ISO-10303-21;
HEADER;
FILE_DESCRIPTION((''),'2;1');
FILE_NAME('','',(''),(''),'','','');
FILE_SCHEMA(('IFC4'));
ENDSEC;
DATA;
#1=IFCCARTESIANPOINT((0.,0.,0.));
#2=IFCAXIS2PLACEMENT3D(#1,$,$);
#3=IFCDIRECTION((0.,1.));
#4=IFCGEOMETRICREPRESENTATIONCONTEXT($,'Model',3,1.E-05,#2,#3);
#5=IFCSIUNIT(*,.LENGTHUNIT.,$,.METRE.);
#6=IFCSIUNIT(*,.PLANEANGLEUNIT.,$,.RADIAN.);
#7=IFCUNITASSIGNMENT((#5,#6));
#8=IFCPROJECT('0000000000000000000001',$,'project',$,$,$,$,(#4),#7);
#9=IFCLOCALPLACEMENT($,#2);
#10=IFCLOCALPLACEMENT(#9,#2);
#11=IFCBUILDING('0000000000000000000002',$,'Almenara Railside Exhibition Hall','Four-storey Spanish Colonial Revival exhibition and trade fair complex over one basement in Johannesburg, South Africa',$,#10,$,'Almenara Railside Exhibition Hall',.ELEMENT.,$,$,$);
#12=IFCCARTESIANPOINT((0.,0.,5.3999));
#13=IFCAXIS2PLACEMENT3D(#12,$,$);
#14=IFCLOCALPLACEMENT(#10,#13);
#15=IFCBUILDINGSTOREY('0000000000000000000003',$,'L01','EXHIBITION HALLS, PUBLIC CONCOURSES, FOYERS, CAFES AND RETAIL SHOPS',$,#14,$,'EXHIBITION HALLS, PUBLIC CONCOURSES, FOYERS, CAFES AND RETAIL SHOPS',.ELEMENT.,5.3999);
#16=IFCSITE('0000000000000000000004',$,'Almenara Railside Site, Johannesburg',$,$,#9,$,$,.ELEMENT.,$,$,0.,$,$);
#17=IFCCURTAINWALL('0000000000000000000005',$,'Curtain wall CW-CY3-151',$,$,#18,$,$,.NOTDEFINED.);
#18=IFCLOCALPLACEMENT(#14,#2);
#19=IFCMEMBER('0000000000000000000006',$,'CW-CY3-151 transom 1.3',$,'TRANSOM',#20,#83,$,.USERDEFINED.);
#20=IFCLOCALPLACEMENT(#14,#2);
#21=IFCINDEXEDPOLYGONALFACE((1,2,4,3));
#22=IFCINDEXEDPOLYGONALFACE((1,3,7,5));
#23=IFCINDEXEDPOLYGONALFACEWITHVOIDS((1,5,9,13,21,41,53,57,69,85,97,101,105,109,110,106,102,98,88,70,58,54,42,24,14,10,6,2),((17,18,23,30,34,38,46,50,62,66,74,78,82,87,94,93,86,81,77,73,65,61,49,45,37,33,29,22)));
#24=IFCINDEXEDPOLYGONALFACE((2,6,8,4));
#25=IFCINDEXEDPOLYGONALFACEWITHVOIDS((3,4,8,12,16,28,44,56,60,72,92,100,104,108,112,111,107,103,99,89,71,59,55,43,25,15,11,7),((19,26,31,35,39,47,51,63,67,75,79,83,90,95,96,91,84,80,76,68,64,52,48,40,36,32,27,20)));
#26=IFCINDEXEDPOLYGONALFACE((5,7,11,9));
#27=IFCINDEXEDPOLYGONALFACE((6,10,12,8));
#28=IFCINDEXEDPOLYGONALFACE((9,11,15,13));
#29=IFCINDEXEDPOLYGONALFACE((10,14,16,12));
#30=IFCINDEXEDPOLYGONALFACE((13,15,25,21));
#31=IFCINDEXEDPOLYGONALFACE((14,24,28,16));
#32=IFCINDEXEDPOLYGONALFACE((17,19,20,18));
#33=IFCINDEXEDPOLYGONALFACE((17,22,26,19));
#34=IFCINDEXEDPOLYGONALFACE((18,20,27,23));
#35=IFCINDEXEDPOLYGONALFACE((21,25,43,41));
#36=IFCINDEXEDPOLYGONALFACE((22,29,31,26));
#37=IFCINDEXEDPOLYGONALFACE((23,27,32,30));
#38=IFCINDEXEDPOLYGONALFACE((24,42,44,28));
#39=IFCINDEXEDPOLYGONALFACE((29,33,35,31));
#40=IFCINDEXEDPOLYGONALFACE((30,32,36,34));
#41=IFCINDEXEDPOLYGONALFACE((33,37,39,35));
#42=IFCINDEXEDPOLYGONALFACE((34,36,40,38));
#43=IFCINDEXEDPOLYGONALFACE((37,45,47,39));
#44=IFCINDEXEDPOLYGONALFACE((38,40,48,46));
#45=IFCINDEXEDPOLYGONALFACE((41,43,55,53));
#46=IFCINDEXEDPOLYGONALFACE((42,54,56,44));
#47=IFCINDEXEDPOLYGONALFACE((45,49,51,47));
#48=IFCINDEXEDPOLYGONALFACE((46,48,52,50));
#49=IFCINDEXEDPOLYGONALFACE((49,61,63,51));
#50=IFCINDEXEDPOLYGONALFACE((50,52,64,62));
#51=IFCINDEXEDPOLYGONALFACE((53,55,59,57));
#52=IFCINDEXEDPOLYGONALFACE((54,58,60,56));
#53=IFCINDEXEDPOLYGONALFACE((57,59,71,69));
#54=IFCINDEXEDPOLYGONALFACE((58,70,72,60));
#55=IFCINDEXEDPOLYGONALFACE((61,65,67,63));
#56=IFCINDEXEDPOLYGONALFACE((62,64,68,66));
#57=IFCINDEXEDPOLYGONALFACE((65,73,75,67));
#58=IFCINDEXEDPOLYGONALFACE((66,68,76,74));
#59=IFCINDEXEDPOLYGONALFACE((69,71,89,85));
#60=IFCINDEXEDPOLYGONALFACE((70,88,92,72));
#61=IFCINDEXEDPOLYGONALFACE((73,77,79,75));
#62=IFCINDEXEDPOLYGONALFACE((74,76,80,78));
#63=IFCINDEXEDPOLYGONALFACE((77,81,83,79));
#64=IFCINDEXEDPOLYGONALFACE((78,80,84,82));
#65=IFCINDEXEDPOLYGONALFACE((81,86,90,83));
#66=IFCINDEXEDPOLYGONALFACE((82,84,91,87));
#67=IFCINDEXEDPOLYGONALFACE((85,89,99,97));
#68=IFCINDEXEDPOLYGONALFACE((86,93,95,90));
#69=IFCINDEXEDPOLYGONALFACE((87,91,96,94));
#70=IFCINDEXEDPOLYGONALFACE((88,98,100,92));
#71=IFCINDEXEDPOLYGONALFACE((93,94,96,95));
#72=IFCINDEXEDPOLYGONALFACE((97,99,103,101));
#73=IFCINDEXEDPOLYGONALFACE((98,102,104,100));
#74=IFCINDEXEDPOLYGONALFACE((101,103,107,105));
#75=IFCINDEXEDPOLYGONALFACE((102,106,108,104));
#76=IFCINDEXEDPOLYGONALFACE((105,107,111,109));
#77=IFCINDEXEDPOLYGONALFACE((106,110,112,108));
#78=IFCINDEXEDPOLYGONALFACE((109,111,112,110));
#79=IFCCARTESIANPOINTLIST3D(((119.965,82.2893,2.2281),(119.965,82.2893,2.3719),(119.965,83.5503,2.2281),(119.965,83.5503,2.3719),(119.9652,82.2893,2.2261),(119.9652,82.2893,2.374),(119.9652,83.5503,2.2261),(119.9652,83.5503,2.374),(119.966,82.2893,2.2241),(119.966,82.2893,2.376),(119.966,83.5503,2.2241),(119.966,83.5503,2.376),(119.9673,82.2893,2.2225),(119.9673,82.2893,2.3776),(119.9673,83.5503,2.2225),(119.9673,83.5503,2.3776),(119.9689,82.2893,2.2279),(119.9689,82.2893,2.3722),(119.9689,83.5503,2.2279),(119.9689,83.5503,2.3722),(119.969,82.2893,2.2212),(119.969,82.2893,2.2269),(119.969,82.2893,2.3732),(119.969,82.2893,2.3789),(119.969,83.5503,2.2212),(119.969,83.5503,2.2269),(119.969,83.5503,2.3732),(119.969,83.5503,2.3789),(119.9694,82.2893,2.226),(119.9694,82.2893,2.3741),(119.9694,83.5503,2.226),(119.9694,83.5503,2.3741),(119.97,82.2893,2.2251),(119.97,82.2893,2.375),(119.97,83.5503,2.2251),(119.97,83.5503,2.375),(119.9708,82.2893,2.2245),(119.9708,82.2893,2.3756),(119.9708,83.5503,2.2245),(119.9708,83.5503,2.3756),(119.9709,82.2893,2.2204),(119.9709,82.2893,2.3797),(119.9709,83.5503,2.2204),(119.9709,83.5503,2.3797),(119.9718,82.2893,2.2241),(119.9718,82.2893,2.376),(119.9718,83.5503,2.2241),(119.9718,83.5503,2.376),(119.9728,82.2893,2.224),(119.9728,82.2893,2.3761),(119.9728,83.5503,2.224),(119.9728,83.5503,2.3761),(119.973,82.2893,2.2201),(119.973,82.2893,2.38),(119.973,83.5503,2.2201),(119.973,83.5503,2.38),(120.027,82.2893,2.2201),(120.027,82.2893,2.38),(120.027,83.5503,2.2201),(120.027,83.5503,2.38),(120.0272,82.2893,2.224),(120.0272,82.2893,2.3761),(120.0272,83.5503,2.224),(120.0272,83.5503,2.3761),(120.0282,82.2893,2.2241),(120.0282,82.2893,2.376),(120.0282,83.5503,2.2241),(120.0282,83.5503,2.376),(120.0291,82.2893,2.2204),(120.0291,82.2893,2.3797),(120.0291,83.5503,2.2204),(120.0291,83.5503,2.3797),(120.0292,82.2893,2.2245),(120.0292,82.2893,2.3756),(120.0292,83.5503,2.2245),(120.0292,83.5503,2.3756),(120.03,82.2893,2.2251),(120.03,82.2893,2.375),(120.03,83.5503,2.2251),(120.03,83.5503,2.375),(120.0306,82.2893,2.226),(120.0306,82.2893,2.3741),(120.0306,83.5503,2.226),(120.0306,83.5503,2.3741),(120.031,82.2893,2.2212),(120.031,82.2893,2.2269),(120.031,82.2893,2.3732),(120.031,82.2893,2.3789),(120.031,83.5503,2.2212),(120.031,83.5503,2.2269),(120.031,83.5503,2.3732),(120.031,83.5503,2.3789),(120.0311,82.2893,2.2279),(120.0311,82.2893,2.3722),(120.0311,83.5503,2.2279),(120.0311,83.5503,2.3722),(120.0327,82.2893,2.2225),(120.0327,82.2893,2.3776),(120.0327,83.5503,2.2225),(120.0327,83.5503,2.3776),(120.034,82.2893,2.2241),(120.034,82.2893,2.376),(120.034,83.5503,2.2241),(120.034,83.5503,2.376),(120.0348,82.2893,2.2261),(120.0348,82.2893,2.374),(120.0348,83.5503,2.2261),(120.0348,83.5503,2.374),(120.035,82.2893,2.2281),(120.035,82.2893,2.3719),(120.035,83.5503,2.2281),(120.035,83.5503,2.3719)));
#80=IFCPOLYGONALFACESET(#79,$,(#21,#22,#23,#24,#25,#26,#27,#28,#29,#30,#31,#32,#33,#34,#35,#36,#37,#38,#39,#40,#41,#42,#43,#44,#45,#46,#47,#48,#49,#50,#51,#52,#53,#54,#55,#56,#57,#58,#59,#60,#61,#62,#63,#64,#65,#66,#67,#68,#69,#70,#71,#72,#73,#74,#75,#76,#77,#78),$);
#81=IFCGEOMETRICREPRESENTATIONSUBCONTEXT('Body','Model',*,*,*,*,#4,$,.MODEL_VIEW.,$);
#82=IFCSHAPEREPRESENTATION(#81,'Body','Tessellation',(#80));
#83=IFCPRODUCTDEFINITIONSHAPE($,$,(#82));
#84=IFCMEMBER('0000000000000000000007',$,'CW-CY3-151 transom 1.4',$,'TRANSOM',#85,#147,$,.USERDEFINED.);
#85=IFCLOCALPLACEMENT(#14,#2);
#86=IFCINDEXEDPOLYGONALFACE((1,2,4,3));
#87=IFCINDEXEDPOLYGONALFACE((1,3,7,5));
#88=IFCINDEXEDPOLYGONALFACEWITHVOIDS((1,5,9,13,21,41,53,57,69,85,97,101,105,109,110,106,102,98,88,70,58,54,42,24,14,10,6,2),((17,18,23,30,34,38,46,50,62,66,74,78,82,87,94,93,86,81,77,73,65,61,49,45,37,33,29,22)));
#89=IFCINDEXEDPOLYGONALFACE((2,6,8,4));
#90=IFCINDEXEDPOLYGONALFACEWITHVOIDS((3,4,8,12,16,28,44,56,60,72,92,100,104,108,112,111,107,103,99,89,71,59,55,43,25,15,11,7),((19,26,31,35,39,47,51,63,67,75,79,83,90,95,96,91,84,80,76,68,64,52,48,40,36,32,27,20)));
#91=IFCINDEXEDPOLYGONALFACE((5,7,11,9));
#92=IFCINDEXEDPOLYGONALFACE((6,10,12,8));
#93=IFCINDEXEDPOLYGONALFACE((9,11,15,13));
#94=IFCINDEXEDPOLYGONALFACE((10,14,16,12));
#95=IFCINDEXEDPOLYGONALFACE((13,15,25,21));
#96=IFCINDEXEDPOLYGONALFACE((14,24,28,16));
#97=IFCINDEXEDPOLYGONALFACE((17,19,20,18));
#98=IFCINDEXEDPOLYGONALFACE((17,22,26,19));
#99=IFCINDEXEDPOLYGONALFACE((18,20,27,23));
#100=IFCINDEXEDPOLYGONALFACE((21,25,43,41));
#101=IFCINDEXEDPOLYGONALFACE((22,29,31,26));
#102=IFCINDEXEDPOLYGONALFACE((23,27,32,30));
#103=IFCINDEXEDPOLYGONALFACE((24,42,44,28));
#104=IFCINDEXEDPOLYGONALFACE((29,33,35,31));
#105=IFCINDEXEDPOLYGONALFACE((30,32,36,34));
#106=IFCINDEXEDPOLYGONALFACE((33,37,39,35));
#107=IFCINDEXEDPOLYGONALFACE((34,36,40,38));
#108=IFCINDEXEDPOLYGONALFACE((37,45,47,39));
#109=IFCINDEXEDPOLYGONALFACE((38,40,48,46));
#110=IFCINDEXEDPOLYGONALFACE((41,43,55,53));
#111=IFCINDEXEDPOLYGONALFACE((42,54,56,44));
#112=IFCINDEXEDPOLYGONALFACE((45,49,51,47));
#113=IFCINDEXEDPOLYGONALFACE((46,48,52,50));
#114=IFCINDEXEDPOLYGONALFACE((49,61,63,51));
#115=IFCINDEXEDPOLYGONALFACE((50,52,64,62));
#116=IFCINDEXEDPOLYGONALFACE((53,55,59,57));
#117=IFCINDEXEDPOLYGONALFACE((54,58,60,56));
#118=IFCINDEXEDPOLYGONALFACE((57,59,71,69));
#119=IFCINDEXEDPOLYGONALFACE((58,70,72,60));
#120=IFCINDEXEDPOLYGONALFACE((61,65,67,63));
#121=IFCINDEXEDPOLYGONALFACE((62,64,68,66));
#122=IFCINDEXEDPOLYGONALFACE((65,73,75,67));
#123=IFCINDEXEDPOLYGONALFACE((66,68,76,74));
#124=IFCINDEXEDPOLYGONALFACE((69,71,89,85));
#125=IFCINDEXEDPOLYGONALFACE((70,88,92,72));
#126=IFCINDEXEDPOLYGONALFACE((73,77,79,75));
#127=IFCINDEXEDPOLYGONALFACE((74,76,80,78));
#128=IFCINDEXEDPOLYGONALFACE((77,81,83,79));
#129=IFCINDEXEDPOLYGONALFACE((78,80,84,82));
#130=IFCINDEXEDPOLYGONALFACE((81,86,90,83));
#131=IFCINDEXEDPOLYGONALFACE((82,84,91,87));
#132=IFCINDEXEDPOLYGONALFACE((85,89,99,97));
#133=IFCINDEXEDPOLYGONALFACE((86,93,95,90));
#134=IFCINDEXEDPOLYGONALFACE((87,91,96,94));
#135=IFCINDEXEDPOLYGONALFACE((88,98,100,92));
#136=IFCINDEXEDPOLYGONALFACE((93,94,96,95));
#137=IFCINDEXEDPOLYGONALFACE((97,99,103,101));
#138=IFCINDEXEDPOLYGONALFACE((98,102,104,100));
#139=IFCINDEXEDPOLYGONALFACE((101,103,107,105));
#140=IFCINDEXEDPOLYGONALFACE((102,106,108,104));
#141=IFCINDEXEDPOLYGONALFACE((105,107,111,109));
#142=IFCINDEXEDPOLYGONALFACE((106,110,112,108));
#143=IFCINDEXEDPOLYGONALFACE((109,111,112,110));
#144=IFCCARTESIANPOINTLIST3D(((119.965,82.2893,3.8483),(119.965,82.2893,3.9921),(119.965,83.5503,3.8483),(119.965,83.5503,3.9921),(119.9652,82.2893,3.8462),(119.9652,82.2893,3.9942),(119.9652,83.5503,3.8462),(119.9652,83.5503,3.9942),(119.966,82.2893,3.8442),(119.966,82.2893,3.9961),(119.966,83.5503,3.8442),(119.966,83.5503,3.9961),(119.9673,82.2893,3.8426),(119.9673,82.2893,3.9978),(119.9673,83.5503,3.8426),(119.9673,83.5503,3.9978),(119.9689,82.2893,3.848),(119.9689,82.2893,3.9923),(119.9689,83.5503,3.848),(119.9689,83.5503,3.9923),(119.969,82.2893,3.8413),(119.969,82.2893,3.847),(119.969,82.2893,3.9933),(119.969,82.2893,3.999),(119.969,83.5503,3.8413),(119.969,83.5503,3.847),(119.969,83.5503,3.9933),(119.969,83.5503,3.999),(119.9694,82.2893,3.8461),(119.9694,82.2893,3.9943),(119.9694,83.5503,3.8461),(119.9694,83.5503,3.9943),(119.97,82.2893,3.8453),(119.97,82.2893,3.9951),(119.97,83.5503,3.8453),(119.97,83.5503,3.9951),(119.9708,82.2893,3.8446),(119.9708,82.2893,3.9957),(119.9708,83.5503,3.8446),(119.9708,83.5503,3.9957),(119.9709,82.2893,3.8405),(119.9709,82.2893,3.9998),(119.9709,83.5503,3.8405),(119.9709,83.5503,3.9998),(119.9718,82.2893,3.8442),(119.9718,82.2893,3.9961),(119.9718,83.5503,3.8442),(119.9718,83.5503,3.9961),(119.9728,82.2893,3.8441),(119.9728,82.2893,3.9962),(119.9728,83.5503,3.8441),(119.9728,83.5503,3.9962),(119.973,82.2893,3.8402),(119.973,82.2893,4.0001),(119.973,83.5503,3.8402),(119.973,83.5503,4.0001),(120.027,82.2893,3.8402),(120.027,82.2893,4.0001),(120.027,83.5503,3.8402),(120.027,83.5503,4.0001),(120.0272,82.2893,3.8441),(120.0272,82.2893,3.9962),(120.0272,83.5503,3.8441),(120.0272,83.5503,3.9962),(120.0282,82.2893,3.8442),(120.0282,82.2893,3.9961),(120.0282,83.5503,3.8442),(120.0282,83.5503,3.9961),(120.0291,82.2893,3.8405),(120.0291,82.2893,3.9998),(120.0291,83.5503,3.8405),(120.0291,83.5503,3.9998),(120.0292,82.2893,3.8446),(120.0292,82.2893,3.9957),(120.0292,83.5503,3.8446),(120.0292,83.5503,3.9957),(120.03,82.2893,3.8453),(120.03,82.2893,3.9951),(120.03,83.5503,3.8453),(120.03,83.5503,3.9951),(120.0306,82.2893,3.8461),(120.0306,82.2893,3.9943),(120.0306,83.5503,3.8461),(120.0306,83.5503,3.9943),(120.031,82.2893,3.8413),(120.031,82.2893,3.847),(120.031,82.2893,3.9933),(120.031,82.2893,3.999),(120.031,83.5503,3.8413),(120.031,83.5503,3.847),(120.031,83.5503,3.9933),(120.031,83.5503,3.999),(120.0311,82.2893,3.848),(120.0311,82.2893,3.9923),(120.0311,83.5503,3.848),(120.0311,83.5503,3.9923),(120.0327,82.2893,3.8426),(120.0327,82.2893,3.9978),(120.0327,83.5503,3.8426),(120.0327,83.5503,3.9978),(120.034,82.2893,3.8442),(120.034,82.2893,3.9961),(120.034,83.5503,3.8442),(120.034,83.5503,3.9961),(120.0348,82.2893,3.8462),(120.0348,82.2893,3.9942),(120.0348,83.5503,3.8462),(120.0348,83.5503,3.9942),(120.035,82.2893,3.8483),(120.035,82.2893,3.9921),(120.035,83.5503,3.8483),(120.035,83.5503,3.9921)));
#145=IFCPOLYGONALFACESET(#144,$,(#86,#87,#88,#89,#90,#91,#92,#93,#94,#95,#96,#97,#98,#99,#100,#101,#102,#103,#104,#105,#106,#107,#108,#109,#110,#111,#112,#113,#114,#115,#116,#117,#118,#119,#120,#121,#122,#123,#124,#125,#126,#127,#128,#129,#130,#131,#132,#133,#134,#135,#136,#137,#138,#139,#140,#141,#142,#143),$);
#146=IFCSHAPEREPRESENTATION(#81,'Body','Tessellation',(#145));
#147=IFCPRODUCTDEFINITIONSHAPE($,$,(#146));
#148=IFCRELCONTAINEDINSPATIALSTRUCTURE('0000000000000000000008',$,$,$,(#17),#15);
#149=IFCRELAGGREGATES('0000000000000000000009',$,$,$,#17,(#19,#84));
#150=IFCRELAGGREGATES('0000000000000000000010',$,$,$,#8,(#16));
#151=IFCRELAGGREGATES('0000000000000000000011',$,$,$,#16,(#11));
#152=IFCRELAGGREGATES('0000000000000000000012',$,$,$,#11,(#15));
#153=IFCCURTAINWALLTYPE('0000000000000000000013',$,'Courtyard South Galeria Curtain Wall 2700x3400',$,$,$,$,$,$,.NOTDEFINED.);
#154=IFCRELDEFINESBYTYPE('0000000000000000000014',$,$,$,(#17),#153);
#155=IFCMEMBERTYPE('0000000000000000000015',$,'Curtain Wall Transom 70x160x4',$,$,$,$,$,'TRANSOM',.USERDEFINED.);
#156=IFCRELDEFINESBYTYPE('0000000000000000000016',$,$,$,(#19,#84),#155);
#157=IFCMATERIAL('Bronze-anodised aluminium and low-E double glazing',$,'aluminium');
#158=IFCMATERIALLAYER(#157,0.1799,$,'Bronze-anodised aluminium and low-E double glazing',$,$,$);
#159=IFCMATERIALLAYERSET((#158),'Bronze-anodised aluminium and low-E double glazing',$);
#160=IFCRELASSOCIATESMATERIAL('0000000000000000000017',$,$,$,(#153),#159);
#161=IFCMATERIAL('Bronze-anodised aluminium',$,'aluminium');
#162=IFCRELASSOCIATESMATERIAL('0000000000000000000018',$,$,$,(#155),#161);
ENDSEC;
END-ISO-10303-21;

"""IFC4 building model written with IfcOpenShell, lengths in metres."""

from ifc_helpers import new_model, si_unit, direction, frame, origin, origin_2d, place, context, subcontext, project, spatial, hollow_rectangle, extrude, material, layer, layer_set, material_profile, profile_set, type_object, element, aggregate, save


model = new_model("IFC4")

# Units and contexts
model_context = context("Model", 3, precision=1e-05, world=origin(), true_north=direction((0.0, 1.0)))
body_context = subcontext(model_context, "Body", "Model", "MODEL_VIEW")
ifc_project = project(units=[si_unit("LENGTHUNIT", "METRE"), si_unit("PLANEANGLEUNIT", "RADIAN")], contexts=[model_context])

# Site, building, storey
site_placement = place(None, origin())
site = spatial("IfcSite", under=ifc_project, at=site_placement, Name="Almenara Railside Site, Johannesburg", CompositionType="ELEMENT", RefElevation=0.0)
building_placement = place(site_placement, origin())
building = spatial("IfcBuilding", under=site, at=building_placement, Name="Almenara Railside Exhibition Hall", Description="Four-storey Spanish Colonial Revival exhibition and trade fair complex over one basement in Johannesburg, South Africa", LongName="Almenara Railside Exhibition Hall", CompositionType="ELEMENT")
storey_placement = place(building_placement, frame((0.0, 0.0, 5.3999)))
storey = spatial("IfcBuildingStorey", under=building, at=storey_placement, Name="L01", Description="EXHIBITION HALLS, PUBLIC CONCOURSES, FOYERS, CAFES AND RETAIL SHOPS", LongName="EXHIBITION HALLS, PUBLIC CONCOURSES, FOYERS, CAFES AND RETAIL SHOPS", CompositionType="ELEMENT", Elevation=5.3999)

# Shared definitions
ifc_material_1 = material(Name="Bronze-anodised aluminium and low-E double glazing", Category="aluminium")
ifc_material_2 = material(Name="Bronze-anodised aluminium", Category="aluminium")

# Curtain wall
ifc_layer_1 = layer(ifc_material_1, 0.1799, Name="Bronze-anodised aluminium and low-E double glazing")
ifc_layer_set_1 = layer_set([ifc_layer_1], Name="Bronze-anodised aluminium and low-E double glazing")
curtain_wall_type_1 = type_object("IfcCurtainWallType", Name="Courtyard South Galeria Curtain Wall 2700x3400", PredefinedType="NOTDEFINED", material=ifc_layer_set_1)
curtain_wall_1_placement = place(storey_placement, origin())
curtain_wall_1 = element("IfcCurtainWall", 1, at=curtain_wall_1_placement, inside=storey, type_object=curtain_wall_type_1, Name="Curtain wall CW-CY3-151", PredefinedType="NOTDEFINED")

# Members
ifc_material_profile_1 = material_profile(ifc_material_2, hollow_rectangle(XDim=0.0701, YDim=0.1599, WallThickness=0.0039, InnerFilletRadius=0.0039, OuterFilletRadius=0.0081, at=origin_2d()), Name="ALU-TRN 70x160x4")
ifc_profile_set_1 = profile_set([ifc_material_profile_1], Name="Bronze-anodised aluminium")
member_type_1 = type_object("IfcMemberType", Name="Curtain Wall Transom 70x160x4", ElementType="TRANSOM", PredefinedType="USERDEFINED", material=ifc_profile_set_1)
member_1_placement = place(storey_placement, frame((120.0, 82.2893, 2.3), z_axis=(0.0, 1.0, 0.0), x_axis=(-1.0, 0.0, 0.0)))
member_1 = element("IfcMember", 2, at=member_1_placement, type_object=member_type_1, Name="CW-CY3-151 transom 1.3", ObjectType="TRANSOM", PredefinedType="USERDEFINED", context=body_context, shape_type="SweptSolid", body=[
    extrude(hollow_rectangle(XDim=0.0701, YDim=0.1599, WallThickness=0.0039, InnerFilletRadius=0.0039, OuterFilletRadius=0.0081, at=origin_2d()), origin(), (0.0, 0.0, 1.0), 1.261),
])
member_2_placement = place(storey_placement, frame((120.0, 82.2893, 3.9202), z_axis=(0.0, 1.0, 0.0), x_axis=(-1.0, 0.0, 0.0)))
member_2 = element("IfcMember", 3, at=member_2_placement, type_object=member_type_1, Name="CW-CY3-151 transom 1.4", ObjectType="TRANSOM", PredefinedType="USERDEFINED", context=body_context, shape_type="SweptSolid", body=[
    extrude(hollow_rectangle(XDim=0.0701, YDim=0.1599, WallThickness=0.0039, InnerFilletRadius=0.0039, OuterFilletRadius=0.0081, at=origin_2d()), origin(), (0.0, 0.0, 1.0), 1.261),
])

aggregate(curtain_wall_1, [member_1, member_2])

save(model, "model.ifc")
